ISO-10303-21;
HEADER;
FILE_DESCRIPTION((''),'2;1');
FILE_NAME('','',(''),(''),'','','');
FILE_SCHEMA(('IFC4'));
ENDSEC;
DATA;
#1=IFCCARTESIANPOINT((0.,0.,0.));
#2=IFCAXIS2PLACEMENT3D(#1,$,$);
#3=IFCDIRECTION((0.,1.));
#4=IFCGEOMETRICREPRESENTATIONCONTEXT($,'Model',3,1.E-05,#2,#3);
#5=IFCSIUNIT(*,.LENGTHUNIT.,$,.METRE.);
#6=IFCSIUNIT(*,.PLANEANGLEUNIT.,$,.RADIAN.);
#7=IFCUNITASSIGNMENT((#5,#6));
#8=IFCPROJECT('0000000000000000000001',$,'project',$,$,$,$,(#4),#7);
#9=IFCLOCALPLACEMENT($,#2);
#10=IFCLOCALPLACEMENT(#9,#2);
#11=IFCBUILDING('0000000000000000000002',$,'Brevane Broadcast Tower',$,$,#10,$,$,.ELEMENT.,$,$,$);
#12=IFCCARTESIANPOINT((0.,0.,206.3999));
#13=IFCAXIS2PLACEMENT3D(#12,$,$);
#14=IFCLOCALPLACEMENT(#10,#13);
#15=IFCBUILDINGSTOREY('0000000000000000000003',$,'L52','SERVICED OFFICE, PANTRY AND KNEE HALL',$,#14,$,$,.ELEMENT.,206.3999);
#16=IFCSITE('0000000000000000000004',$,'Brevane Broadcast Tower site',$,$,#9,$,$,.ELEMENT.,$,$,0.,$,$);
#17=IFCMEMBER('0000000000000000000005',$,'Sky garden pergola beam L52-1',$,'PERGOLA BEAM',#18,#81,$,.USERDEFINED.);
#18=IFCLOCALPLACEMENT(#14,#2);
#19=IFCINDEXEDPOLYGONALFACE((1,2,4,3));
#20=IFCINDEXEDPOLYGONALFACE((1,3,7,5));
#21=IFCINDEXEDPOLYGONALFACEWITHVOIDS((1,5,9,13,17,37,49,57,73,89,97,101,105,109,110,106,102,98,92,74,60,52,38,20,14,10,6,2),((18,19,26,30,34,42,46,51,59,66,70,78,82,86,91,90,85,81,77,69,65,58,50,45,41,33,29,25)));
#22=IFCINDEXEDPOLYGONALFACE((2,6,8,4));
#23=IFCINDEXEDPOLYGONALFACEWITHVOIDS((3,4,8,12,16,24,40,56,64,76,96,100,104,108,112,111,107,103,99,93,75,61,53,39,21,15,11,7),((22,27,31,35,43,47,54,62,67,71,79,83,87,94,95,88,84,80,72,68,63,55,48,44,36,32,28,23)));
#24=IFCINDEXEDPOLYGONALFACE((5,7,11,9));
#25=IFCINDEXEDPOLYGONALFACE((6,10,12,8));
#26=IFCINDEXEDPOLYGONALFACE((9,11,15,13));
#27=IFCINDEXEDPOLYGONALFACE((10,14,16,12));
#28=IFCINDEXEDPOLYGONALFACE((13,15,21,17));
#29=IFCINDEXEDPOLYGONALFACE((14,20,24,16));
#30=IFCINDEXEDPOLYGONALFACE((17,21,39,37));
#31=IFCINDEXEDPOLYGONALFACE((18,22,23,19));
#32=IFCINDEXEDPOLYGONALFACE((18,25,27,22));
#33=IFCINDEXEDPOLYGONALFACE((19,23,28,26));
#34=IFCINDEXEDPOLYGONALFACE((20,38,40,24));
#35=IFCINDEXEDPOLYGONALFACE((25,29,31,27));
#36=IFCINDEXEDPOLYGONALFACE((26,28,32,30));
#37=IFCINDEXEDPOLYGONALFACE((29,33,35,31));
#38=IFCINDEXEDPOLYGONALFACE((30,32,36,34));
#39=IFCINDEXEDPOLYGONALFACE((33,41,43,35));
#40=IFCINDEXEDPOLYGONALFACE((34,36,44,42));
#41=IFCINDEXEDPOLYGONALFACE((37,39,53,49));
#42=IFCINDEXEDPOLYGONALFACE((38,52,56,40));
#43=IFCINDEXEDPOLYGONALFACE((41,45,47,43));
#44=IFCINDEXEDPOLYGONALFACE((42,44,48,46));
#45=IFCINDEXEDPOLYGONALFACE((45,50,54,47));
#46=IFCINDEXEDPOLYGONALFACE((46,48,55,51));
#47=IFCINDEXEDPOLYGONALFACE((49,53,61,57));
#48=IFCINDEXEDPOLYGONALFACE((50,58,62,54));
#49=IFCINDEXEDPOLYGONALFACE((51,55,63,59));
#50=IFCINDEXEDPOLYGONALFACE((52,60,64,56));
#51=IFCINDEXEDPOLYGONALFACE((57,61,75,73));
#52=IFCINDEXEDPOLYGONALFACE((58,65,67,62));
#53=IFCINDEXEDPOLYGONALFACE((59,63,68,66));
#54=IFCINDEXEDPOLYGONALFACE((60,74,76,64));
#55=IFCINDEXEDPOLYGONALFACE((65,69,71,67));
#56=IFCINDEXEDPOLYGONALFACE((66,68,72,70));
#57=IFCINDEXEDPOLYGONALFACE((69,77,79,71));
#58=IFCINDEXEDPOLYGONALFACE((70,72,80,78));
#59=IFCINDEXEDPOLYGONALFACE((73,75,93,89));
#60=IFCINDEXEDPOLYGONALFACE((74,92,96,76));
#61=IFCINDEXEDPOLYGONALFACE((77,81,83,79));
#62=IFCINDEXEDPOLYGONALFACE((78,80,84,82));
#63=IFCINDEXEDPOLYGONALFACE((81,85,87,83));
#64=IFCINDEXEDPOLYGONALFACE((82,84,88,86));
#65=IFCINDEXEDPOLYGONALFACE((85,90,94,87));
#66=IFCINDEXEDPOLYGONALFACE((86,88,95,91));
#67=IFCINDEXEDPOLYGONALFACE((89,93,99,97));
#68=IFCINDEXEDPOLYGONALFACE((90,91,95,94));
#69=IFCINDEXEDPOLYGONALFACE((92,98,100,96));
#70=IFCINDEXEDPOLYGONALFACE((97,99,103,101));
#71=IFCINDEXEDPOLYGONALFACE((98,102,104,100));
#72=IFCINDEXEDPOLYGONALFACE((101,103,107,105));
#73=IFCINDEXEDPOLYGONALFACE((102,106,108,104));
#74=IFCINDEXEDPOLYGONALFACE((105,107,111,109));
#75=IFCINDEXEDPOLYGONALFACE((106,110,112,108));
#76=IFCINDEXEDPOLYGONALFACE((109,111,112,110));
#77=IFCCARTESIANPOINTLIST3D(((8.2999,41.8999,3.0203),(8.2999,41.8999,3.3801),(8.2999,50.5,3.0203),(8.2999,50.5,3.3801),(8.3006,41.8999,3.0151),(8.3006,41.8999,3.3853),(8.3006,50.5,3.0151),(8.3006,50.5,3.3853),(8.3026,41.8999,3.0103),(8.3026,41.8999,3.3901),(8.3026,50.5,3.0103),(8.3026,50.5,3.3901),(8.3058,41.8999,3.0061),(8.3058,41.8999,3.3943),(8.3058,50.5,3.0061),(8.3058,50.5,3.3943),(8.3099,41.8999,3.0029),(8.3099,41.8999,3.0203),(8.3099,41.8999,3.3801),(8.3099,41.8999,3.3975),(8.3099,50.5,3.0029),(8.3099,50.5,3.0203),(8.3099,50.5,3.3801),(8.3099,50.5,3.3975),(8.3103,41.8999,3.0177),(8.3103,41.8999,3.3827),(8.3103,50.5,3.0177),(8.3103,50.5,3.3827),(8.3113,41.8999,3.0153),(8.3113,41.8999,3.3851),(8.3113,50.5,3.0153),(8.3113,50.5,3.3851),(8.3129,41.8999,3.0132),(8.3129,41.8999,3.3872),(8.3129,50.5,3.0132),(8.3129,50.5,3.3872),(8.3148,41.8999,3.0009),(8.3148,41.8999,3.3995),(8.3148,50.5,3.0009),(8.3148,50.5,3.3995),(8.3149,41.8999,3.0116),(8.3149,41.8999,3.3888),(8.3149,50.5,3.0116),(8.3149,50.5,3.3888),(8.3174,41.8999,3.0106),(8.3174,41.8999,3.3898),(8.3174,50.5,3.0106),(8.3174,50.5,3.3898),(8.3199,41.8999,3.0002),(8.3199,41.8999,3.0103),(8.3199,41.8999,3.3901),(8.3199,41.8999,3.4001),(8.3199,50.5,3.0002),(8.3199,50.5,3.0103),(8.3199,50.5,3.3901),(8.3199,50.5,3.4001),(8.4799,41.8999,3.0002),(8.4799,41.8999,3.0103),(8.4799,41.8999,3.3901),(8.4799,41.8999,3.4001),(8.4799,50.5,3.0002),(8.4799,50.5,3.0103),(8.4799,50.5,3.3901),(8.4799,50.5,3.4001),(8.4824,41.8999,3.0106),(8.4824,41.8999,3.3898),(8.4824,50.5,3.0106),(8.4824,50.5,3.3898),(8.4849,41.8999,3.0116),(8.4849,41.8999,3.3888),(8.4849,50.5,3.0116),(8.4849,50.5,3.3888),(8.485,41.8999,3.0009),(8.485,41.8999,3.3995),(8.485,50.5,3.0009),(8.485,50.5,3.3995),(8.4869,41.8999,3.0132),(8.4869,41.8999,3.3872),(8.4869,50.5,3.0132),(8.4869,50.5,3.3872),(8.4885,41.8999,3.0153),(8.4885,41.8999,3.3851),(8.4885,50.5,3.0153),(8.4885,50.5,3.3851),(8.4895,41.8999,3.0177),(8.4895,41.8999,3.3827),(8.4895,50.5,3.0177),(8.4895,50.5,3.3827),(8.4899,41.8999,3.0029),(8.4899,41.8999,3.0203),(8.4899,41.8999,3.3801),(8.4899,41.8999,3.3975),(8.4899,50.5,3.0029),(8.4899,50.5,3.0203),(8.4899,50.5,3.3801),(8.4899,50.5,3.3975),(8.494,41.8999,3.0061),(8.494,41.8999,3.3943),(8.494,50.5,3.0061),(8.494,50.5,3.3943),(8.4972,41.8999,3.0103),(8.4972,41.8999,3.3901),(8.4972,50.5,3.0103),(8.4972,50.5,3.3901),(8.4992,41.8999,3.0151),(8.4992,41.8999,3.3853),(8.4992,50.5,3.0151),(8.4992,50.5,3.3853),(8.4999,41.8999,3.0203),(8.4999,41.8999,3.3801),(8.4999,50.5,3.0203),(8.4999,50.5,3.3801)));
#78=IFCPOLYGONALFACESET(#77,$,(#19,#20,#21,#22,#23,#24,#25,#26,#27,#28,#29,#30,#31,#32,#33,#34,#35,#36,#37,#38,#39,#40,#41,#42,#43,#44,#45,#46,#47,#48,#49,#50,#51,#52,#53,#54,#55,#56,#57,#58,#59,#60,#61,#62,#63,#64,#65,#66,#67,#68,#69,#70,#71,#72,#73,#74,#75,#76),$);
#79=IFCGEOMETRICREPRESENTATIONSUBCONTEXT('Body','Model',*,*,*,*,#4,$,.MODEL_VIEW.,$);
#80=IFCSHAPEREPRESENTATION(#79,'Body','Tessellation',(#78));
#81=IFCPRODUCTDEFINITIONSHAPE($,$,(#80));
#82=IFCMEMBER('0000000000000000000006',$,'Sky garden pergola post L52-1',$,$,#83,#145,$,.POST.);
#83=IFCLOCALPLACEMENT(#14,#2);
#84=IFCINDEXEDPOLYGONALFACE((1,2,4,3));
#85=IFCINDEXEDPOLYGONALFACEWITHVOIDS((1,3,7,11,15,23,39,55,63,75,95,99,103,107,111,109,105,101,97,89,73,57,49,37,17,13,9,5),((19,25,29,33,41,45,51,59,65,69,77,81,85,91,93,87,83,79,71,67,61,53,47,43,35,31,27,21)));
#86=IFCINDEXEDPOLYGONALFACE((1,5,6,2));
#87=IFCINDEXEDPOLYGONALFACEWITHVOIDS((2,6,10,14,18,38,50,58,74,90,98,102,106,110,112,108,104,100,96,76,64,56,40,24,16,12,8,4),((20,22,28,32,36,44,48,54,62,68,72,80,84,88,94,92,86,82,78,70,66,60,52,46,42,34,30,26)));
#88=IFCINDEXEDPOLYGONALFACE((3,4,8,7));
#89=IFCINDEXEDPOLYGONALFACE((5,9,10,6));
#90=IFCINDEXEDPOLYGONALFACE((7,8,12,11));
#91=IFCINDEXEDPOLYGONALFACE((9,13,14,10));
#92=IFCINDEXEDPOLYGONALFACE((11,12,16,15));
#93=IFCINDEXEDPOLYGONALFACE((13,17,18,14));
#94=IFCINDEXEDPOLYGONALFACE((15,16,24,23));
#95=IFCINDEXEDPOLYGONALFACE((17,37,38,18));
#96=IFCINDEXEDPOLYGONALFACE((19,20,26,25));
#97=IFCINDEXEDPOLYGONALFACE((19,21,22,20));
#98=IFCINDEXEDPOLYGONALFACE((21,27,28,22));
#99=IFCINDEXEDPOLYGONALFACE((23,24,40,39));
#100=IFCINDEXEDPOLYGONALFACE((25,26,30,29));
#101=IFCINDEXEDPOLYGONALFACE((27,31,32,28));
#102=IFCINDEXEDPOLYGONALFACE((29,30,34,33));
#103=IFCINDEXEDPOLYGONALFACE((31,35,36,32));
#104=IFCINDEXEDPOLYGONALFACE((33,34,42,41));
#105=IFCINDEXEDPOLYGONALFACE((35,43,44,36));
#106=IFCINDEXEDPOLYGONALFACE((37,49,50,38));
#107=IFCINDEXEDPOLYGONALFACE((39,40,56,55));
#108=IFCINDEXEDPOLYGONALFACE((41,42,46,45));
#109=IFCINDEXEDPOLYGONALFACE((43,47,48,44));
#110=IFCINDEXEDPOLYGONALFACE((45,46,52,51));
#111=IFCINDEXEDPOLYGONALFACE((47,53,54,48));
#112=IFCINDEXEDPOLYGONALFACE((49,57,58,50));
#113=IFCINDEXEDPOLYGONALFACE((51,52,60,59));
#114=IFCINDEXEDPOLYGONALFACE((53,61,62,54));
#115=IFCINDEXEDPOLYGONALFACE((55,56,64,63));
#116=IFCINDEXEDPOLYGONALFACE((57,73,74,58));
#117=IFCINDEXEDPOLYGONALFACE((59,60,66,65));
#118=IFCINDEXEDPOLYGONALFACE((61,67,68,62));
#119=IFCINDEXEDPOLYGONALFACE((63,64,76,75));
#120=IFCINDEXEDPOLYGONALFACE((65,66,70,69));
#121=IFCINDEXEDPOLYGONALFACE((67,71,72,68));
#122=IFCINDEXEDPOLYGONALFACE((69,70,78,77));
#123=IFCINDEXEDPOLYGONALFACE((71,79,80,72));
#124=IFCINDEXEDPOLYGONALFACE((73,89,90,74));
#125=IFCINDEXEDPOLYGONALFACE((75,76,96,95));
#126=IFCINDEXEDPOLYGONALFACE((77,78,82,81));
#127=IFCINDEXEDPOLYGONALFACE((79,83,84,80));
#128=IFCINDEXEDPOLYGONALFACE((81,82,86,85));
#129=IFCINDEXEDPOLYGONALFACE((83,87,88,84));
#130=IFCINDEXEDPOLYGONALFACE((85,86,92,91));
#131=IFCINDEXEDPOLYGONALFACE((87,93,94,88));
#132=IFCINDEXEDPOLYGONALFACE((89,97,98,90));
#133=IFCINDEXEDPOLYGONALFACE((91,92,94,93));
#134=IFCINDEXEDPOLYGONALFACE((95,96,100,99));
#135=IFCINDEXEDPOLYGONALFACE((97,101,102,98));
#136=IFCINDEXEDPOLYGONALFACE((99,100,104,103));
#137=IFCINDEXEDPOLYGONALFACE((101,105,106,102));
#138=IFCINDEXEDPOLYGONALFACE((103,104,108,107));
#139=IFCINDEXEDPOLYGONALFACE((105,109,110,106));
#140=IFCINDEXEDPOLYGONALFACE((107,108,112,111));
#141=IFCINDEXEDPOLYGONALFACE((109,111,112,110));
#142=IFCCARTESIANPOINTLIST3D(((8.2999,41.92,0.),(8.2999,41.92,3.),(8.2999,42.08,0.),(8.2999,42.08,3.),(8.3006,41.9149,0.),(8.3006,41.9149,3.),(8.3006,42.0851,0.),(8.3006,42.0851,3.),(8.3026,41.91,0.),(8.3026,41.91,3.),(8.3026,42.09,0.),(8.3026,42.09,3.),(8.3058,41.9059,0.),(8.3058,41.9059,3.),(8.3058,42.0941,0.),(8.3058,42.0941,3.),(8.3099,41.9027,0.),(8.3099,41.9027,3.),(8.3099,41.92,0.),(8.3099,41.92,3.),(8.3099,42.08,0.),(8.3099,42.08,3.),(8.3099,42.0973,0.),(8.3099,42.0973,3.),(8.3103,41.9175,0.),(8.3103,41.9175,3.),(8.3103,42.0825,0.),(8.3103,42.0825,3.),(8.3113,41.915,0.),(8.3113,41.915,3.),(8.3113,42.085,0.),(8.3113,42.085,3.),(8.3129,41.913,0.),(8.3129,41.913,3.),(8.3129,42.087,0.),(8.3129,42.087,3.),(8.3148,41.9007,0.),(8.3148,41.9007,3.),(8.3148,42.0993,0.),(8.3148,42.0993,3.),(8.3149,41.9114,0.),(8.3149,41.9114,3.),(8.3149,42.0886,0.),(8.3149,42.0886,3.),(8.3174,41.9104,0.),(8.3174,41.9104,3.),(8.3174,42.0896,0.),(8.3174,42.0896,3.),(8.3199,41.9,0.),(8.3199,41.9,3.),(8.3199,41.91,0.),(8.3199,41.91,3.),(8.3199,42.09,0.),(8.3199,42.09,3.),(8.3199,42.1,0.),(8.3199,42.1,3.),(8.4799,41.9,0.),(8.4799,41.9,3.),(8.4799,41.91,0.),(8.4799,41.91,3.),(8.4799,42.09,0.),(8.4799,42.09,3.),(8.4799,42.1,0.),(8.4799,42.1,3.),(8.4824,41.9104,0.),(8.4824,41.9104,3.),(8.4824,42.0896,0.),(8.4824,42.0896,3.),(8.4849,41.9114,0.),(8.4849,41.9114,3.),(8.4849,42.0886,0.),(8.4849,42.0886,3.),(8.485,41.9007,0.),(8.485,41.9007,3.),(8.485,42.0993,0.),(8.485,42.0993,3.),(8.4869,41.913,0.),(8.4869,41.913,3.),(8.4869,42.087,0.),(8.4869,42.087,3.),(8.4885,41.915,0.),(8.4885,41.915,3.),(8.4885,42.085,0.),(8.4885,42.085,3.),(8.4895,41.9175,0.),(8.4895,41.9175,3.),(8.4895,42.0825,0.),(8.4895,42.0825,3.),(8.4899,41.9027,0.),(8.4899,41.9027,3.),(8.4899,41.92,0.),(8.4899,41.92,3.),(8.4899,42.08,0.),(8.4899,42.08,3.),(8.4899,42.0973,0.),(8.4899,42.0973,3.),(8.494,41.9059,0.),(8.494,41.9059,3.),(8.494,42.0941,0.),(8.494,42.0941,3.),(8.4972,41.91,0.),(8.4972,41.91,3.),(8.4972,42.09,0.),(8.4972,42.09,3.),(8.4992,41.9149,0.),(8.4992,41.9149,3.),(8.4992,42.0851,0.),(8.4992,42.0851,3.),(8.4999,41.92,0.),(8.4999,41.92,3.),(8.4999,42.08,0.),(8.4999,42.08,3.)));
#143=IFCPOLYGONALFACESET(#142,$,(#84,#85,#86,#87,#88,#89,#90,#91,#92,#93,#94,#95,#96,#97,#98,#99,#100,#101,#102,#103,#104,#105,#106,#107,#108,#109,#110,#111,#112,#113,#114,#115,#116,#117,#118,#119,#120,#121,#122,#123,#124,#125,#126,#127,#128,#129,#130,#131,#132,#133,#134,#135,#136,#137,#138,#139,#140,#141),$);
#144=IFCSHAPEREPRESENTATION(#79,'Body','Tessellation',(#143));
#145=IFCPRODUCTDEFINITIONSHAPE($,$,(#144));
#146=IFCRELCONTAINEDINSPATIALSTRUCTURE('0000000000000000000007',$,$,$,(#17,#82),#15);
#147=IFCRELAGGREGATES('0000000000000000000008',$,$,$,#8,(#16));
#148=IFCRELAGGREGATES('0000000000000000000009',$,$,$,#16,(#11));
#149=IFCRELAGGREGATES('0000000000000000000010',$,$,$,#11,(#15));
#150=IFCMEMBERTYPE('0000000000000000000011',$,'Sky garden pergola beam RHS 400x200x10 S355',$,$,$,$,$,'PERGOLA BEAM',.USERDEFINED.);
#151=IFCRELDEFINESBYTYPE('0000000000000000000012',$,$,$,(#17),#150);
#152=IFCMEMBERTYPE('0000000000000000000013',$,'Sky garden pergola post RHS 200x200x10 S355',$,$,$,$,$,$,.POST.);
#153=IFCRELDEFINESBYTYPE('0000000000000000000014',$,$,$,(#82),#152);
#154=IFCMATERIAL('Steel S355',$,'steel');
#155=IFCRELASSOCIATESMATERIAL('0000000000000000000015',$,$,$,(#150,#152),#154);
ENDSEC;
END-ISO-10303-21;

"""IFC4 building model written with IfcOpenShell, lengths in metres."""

from ifc_helpers import new_model, si_unit, direction, frame, origin, origin_2d, place, context, subcontext, project, spatial, hollow_rectangle, extrude, material, material_profile, profile_set, type_object, element, save


model = new_model("IFC4")

# Units and contexts
model_context = context("Model", 3, precision=1e-05, world=origin(), true_north=direction((0.0, 1.0)))
body_context = subcontext(model_context, "Body", "Model", "MODEL_VIEW")
ifc_project = project(units=[si_unit("LENGTHUNIT", "METRE"), si_unit("PLANEANGLEUNIT", "RADIAN")], contexts=[model_context])

# Site, building, storey
site_placement = place(None, origin())
site = spatial("IfcSite", under=ifc_project, at=site_placement, Name="Brevane Broadcast Tower site", CompositionType="ELEMENT", RefElevation=0.0)
building_placement = place(site_placement, origin())
building = spatial("IfcBuilding", under=site, at=building_placement, Name="Brevane Broadcast Tower", CompositionType="ELEMENT")
storey_placement = place(building_placement, frame((0.0, 0.0, 206.3999)))
storey = spatial("IfcBuildingStorey", under=building, at=storey_placement, Name="L52", Description="SERVICED OFFICE, PANTRY AND KNEE HALL", CompositionType="ELEMENT", Elevation=206.3999)

# Members
ifc_material_1 = material(Name="Steel S355", Category="steel")
ifc_material_profile_1 = material_profile(ifc_material_1, hollow_rectangle(XDim=0.2, YDim=0.3999, WallThickness=0.01, InnerFilletRadius=0.01, OuterFilletRadius=0.02, at=origin_2d()), Name="RHS 400x200x10")
ifc_profile_set_1 = profile_set([ifc_material_profile_1], Name="Steel S355")
member_type_1 = type_object("IfcMemberType", Name="Sky garden pergola beam RHS 400x200x10 S355", ElementType="PERGOLA BEAM", PredefinedType="USERDEFINED", material=ifc_profile_set_1)
member_1_placement = place(storey_placement, frame((8.3999, 41.8999, 3.2002), z_axis=(0.0, 1.0, 0.0), x_axis=(-1.0, 0.0, 0.0)))
element("IfcMember", 1, at=member_1_placement, inside=storey, type_object=member_type_1, Name="Sky garden pergola beam L52-1", ObjectType="PERGOLA BEAM", PredefinedType="USERDEFINED", context=body_context, shape_type="SweptSolid", body=[
    extrude(hollow_rectangle(XDim=0.2, YDim=0.3999, WallThickness=0.01, InnerFilletRadius=0.01, OuterFilletRadius=0.02, at=origin_2d()), origin(), (0.0, 0.0, 1.0), 8.6001),
])
ifc_material_profile_2 = material_profile(ifc_material_1, hollow_rectangle(XDim=0.2, YDim=0.2, WallThickness=0.01, InnerFilletRadius=0.01, OuterFilletRadius=0.02, at=origin_2d()), Name="RHS 200x200x10")
ifc_profile_set_2 = profile_set([ifc_material_profile_2], Name="Steel S355")
member_type_2 = type_object("IfcMemberType", Name="Sky garden pergola post RHS 200x200x10 S355", PredefinedType="POST", material=ifc_profile_set_2)
member_2_placement = place(storey_placement, frame((8.3999, 42.0, 0.0), z_axis=(0.0, 0.0, 1.0), x_axis=(1.0, 0.0, 0.0)))
element("IfcMember", 2, at=member_2_placement, inside=storey, type_object=member_type_2, Name="Sky garden pergola post L52-1", PredefinedType="POST", context=body_context, shape_type="SweptSolid", body=[
    extrude(hollow_rectangle(XDim=0.2, YDim=0.2, WallThickness=0.01, InnerFilletRadius=0.01, OuterFilletRadius=0.02, at=origin_2d()), origin(), (0.0, 0.0, 1.0), 3.0),
])

save(model, "model.ifc")
